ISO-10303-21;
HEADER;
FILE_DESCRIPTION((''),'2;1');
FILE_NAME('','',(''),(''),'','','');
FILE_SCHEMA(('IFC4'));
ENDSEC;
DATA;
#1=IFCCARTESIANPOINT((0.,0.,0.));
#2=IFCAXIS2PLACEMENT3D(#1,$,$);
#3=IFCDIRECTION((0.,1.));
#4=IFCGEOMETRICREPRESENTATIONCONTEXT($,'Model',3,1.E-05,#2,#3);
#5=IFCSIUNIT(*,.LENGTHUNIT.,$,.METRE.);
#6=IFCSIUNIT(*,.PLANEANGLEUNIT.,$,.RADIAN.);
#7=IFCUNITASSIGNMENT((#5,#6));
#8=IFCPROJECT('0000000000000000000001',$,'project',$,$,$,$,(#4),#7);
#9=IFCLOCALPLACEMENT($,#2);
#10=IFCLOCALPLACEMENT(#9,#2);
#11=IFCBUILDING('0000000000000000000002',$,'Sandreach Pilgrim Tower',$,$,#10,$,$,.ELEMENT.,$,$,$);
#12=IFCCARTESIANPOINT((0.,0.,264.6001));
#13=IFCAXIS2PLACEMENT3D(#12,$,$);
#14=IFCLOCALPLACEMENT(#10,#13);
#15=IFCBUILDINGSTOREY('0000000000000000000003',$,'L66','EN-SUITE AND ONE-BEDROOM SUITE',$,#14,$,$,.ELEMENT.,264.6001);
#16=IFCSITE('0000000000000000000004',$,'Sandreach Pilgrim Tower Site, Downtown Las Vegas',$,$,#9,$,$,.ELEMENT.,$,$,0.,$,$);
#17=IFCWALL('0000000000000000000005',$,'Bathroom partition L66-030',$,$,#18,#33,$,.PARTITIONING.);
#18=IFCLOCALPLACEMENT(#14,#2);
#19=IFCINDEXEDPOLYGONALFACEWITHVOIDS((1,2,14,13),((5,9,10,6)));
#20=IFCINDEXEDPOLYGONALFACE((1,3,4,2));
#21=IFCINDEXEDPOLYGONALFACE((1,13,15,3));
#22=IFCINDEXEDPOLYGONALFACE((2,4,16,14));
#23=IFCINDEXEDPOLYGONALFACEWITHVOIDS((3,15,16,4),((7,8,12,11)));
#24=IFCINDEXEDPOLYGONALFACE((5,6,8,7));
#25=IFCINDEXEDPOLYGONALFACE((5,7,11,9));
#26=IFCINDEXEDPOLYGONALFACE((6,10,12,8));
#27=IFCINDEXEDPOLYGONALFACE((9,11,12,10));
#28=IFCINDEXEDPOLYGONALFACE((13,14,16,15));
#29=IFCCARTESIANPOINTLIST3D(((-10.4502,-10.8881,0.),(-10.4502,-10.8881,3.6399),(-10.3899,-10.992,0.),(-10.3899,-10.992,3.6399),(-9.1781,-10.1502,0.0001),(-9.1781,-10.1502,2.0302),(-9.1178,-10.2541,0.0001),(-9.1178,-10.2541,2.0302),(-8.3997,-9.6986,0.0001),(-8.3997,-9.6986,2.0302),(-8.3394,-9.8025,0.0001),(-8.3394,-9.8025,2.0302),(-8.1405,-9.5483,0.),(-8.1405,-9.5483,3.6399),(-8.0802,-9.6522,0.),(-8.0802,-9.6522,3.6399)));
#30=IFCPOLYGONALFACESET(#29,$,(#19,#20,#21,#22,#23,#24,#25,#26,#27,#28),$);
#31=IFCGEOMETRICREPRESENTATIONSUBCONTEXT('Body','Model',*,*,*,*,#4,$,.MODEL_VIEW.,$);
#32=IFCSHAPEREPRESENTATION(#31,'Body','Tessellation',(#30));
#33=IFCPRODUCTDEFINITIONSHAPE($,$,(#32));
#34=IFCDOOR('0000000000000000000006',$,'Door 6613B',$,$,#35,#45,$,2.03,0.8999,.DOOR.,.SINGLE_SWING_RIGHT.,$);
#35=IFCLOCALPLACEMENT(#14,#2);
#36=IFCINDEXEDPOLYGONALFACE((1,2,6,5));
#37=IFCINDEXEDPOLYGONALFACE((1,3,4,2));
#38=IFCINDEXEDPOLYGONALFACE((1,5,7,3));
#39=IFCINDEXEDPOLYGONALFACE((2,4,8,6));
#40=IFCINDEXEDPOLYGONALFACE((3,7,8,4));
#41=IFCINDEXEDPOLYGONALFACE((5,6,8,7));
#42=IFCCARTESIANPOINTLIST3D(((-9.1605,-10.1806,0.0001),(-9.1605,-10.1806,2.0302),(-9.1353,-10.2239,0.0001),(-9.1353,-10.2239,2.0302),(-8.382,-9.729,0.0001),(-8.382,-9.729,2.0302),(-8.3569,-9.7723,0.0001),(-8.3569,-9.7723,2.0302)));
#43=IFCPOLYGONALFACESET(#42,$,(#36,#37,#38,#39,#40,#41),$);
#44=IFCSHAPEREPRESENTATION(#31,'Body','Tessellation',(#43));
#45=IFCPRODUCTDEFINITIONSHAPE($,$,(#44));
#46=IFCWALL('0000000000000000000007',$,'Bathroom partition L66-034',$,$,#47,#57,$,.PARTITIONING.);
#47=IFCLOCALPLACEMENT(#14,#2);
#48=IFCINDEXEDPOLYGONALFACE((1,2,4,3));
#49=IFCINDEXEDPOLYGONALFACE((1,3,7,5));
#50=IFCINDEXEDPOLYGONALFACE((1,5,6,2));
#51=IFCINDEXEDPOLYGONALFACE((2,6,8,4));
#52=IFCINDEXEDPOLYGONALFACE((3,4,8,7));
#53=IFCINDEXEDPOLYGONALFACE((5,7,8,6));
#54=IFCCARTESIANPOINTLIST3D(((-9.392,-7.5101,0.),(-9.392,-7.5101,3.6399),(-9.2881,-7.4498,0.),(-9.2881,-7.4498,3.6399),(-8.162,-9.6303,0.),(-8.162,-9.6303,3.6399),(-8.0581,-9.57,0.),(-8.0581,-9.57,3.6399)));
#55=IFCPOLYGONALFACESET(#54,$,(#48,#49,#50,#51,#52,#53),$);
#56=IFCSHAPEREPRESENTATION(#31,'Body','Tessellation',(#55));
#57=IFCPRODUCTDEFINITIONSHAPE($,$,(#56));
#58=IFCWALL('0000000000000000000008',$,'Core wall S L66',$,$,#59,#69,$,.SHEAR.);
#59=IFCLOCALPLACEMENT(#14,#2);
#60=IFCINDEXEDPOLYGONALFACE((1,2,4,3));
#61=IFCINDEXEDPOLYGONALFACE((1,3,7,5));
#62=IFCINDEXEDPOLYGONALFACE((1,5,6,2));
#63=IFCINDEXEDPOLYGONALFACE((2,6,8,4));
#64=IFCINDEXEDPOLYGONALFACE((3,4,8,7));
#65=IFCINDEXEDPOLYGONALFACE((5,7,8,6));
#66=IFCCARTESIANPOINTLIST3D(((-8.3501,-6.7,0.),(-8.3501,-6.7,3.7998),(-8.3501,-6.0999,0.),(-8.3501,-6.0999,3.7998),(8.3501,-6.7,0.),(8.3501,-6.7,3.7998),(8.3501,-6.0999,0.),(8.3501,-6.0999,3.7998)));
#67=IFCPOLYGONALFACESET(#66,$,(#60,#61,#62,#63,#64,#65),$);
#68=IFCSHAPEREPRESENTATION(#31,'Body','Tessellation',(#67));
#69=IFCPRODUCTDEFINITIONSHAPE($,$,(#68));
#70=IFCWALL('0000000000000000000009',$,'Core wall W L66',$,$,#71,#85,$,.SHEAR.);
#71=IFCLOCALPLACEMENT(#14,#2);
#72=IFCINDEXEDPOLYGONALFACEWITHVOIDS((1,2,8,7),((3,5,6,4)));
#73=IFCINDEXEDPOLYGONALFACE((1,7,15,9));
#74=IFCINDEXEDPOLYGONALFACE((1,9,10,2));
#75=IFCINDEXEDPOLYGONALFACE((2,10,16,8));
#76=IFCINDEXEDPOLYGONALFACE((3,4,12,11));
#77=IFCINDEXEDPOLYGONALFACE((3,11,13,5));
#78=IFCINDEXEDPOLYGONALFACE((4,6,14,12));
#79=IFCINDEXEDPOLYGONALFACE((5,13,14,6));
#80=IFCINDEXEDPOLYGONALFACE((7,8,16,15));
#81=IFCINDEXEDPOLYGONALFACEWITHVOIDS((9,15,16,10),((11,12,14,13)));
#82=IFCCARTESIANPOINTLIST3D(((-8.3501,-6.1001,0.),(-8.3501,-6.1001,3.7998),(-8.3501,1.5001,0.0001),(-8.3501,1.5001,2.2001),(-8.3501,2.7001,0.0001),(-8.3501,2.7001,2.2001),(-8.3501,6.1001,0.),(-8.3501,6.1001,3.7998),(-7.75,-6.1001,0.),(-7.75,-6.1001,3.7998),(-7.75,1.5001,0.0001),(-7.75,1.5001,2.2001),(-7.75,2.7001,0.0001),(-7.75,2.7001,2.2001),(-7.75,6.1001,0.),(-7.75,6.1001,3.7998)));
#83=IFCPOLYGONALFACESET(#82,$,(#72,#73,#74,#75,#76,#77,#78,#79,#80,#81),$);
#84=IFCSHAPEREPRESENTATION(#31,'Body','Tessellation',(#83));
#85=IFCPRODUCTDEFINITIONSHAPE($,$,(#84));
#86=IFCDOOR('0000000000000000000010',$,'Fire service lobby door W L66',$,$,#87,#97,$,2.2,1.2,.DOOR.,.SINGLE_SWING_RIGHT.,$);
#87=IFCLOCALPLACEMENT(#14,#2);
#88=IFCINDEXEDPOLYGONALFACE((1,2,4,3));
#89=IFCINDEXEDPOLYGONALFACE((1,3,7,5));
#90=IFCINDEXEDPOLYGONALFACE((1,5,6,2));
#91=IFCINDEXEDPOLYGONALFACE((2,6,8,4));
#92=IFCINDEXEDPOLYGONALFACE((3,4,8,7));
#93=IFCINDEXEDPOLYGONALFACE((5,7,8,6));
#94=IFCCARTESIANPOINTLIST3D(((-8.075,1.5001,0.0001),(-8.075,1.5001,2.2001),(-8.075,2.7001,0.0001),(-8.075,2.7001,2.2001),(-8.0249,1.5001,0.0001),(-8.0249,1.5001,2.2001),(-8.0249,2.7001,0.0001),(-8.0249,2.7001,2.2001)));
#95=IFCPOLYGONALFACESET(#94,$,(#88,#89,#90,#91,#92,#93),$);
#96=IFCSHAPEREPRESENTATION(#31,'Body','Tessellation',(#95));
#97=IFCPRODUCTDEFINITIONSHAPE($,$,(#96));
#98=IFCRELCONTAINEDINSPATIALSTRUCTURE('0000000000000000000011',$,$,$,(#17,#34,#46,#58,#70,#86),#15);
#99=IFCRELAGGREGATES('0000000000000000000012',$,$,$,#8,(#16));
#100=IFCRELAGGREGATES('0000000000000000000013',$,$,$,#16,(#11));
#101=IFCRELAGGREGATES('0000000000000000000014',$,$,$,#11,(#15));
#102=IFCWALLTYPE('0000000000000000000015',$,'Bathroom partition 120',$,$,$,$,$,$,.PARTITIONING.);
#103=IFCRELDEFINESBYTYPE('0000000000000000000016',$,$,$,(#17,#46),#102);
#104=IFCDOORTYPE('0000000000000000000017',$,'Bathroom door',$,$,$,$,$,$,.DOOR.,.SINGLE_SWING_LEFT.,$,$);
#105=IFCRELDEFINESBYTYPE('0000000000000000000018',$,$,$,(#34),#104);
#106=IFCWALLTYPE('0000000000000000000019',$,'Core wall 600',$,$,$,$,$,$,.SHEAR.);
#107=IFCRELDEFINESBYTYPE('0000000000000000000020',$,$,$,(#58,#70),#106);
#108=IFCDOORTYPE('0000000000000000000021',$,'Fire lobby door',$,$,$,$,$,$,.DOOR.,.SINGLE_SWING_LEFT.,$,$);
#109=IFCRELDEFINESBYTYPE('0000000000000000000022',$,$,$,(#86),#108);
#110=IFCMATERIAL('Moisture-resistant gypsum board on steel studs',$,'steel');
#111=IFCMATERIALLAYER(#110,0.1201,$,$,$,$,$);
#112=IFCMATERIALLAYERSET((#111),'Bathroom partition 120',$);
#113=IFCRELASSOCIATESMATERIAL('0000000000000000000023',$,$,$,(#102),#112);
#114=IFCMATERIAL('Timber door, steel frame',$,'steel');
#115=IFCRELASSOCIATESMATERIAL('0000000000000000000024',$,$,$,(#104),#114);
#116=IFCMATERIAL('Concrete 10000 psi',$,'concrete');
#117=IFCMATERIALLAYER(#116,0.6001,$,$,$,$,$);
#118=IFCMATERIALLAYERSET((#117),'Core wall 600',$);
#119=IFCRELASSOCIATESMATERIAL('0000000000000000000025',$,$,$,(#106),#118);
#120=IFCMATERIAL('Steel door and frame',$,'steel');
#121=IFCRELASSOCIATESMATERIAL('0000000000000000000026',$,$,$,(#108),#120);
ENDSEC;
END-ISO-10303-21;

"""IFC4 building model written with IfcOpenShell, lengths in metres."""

from ifc_helpers import new_model, si_unit, direction, frame, frame_2d, origin, place, context, subcontext, project, spatial, rectangle, extrude, material, layer, layer_set, type_object, element, fill, save


model = new_model("IFC4")

# Units and contexts
model_context = context("Model", 3, precision=1e-05, world=origin(), true_north=direction((0.0, 1.0)))
body_context = subcontext(model_context, "Body", "Model", "MODEL_VIEW")
ifc_project = project(units=[si_unit("LENGTHUNIT", "METRE"), si_unit("PLANEANGLEUNIT", "RADIAN")], contexts=[model_context])

# Site, building, storey
site_placement = place(None, origin())
site = spatial("IfcSite", under=ifc_project, at=site_placement, Name="Sandreach Pilgrim Tower Site, Downtown Las Vegas", CompositionType="ELEMENT", RefElevation=0.0)
building_placement = place(site_placement, origin())
building = spatial("IfcBuilding", under=site, at=building_placement, Name="Sandreach Pilgrim Tower", CompositionType="ELEMENT")
storey_placement = place(building_placement, frame((0.0, 0.0, 264.6001)))
storey = spatial("IfcBuildingStorey", under=building, at=storey_placement, Name="L66", Description="EN-SUITE AND ONE-BEDROOM SUITE", CompositionType="ELEMENT", Elevation=264.6001)

# Shared definitions
ifc_material_1 = material(Name="Moisture-resistant gypsum board on steel studs", Category="steel")
ifc_layer_1 = layer(ifc_material_1, 0.1201)
ifc_layer_set_1 = layer_set([ifc_layer_1], Name="Bathroom partition 120")
wall_type_1 = type_object("IfcWallType", Name="Bathroom partition 120", PredefinedType="PARTITIONING", material=ifc_layer_set_1)
ifc_material_2 = material(Name="Timber door, steel frame", Category="steel")
door_type_1 = type_object("IfcDoorType", Name="Bathroom door", OperationType="SINGLE_SWING_LEFT", PredefinedType="DOOR", material=ifc_material_2)

# Wall, opening, door
wall_1_placement = place(storey_placement, frame((-10.4199, -10.9399, 0.0), z_axis=(0.0, 0.0, 1.0), x_axis=(0.865007, 0.501761, 0.0)))
wall_1 = element("IfcWall", 1, at=wall_1_placement, inside=storey, type_object=wall_type_1, Name="Bathroom partition L66-030", PredefinedType="PARTITIONING", context=body_context, shape_type="SweptSolid", body=[
    extrude(rectangle(XDim=2.6702, YDim=0.1201, at=frame_2d((1.335, 0.0))), origin(), (0.0, 0.0, 1.0), 3.6399),
])
opening_1_placement = place(wall_1_placement, frame((1.4705, 0.0, 0.0)))
opening_1 = element("IfcOpeningElement", 2, at=opening_1_placement, cuts=wall_1, PredefinedType="OPENING", context=body_context, shape_type="SweptSolid", body=[
    extrude(rectangle(XDim=0.8999, YDim=2.03, at=frame_2d((0.45, 1.0151))), frame((0.0, 0.0601, 0.0), z_axis=(0.0, -1.0, 0.0), x_axis=(1.0, 0.0, 0.0)), (0.0, 0.0, 1.0), 0.1201),
])
door_1_placement = place(opening_1_placement, origin())
door_1 = element("IfcDoor", 3, at=door_1_placement, inside=storey, type_object=door_type_1, Name="Door 6613B", OperationType="SINGLE_SWING_RIGHT", OverallHeight=2.03, OverallWidth=0.8999, PredefinedType="DOOR", context=body_context, shape_type="SweptSolid", body=[
    extrude(rectangle(XDim=0.8999, YDim=2.03, at=frame_2d((0.45, 1.0151))), frame((0.0, 0.0249, 0.0), z_axis=(0.0, -1.0, 0.0), x_axis=(1.0, 0.0, 0.0)), (0.0, 0.0, 1.0), 0.05),
])
fill(opening_1, door_1)

# Walls
wall_2_placement = place(storey_placement, frame((-9.3401, -7.48, 0.0), z_axis=(0.0, 0.0, 1.0), x_axis=(0.501813, -0.864976, 0.0)))
element("IfcWall", 4, at=wall_2_placement, inside=storey, type_object=wall_type_1, Name="Bathroom partition L66-034", PredefinedType="PARTITIONING", context=body_context, shape_type="SweptSolid", body=[
    extrude(rectangle(XDim=2.4512, YDim=0.1201, at=frame_2d((1.2256, 0.0))), origin(), (0.0, 0.0, 1.0), 3.6399),
])
ifc_material_3 = material(Name="Concrete 10000 psi", Category="concrete")
ifc_layer_2 = layer(ifc_material_3, 0.6001)
ifc_layer_set_2 = layer_set([ifc_layer_2], Name="Core wall 600")
wall_type_2 = type_object("IfcWallType", Name="Core wall 600", PredefinedType="SHEAR", material=ifc_layer_set_2)
wall_3_placement = place(storey_placement, frame((-8.3501, -6.3999, 0.0), z_axis=(0.0, 0.0, 1.0), x_axis=(1.0, 0.0, 0.0)))
element("IfcWall", 5, at=wall_3_placement, inside=storey, type_object=wall_type_2, Name="Core wall S L66", PredefinedType="SHEAR", context=body_context, shape_type="SweptSolid", body=[
    extrude(rectangle(XDim=16.7002, YDim=0.6001, at=frame_2d((8.3501, 0.0))), origin(), (0.0, 0.0, 1.0), 3.7998),
])

# Wall, opening, door
wall_4_placement = place(storey_placement, frame((-8.05, -6.1001, 0.0), z_axis=(0.0, 0.0, 1.0), x_axis=(0.0, 1.0, 0.0)))
wall_4 = element("IfcWall", 6, at=wall_4_placement, inside=storey, type_object=wall_type_2, Name="Core wall W L66", PredefinedType="SHEAR", context=body_context, shape_type="SweptSolid", body=[
    extrude(rectangle(XDim=12.2002, YDim=0.6001, at=frame_2d((6.1001, 0.0))), origin(), (0.0, 0.0, 1.0), 3.7998),
])
opening_2_placement = place(wall_4_placement, frame((7.6001, 0.0, 0.0)))
opening_2 = element("IfcOpeningElement", 7, at=opening_2_placement, cuts=wall_4, PredefinedType="OPENING", context=body_context, shape_type="SweptSolid", body=[
    extrude(rectangle(XDim=1.2, YDim=2.2, at=frame_2d((0.6001, 1.1001))), frame((0.0, 0.3, 0.0), z_axis=(0.0, -1.0, 0.0), x_axis=(1.0, 0.0, 0.0)), (0.0, 0.0, 1.0), 0.6001),
])
ifc_material_4 = material(Name="Steel door and frame", Category="steel")
door_type_2 = type_object("IfcDoorType", Name="Fire lobby door", OperationType="SINGLE_SWING_LEFT", PredefinedType="DOOR", material=ifc_material_4)
door_2_placement = place(opening_2_placement, origin())
door_2 = element("IfcDoor", 8, at=door_2_placement, inside=storey, type_object=door_type_2, Name="Fire service lobby door W L66", OperationType="SINGLE_SWING_RIGHT", OverallHeight=2.2, OverallWidth=1.2, PredefinedType="DOOR", context=body_context, shape_type="SweptSolid", body=[
    extrude(rectangle(XDim=1.2, YDim=2.2, at=frame_2d((0.6001, 1.1001))), frame((0.0, 0.0249, 0.0), z_axis=(0.0, -1.0, 0.0), x_axis=(1.0, 0.0, 0.0)), (0.0, 0.0, 1.0), 0.05),
])
fill(opening_2, door_2)

save(model, "model.ifc")
